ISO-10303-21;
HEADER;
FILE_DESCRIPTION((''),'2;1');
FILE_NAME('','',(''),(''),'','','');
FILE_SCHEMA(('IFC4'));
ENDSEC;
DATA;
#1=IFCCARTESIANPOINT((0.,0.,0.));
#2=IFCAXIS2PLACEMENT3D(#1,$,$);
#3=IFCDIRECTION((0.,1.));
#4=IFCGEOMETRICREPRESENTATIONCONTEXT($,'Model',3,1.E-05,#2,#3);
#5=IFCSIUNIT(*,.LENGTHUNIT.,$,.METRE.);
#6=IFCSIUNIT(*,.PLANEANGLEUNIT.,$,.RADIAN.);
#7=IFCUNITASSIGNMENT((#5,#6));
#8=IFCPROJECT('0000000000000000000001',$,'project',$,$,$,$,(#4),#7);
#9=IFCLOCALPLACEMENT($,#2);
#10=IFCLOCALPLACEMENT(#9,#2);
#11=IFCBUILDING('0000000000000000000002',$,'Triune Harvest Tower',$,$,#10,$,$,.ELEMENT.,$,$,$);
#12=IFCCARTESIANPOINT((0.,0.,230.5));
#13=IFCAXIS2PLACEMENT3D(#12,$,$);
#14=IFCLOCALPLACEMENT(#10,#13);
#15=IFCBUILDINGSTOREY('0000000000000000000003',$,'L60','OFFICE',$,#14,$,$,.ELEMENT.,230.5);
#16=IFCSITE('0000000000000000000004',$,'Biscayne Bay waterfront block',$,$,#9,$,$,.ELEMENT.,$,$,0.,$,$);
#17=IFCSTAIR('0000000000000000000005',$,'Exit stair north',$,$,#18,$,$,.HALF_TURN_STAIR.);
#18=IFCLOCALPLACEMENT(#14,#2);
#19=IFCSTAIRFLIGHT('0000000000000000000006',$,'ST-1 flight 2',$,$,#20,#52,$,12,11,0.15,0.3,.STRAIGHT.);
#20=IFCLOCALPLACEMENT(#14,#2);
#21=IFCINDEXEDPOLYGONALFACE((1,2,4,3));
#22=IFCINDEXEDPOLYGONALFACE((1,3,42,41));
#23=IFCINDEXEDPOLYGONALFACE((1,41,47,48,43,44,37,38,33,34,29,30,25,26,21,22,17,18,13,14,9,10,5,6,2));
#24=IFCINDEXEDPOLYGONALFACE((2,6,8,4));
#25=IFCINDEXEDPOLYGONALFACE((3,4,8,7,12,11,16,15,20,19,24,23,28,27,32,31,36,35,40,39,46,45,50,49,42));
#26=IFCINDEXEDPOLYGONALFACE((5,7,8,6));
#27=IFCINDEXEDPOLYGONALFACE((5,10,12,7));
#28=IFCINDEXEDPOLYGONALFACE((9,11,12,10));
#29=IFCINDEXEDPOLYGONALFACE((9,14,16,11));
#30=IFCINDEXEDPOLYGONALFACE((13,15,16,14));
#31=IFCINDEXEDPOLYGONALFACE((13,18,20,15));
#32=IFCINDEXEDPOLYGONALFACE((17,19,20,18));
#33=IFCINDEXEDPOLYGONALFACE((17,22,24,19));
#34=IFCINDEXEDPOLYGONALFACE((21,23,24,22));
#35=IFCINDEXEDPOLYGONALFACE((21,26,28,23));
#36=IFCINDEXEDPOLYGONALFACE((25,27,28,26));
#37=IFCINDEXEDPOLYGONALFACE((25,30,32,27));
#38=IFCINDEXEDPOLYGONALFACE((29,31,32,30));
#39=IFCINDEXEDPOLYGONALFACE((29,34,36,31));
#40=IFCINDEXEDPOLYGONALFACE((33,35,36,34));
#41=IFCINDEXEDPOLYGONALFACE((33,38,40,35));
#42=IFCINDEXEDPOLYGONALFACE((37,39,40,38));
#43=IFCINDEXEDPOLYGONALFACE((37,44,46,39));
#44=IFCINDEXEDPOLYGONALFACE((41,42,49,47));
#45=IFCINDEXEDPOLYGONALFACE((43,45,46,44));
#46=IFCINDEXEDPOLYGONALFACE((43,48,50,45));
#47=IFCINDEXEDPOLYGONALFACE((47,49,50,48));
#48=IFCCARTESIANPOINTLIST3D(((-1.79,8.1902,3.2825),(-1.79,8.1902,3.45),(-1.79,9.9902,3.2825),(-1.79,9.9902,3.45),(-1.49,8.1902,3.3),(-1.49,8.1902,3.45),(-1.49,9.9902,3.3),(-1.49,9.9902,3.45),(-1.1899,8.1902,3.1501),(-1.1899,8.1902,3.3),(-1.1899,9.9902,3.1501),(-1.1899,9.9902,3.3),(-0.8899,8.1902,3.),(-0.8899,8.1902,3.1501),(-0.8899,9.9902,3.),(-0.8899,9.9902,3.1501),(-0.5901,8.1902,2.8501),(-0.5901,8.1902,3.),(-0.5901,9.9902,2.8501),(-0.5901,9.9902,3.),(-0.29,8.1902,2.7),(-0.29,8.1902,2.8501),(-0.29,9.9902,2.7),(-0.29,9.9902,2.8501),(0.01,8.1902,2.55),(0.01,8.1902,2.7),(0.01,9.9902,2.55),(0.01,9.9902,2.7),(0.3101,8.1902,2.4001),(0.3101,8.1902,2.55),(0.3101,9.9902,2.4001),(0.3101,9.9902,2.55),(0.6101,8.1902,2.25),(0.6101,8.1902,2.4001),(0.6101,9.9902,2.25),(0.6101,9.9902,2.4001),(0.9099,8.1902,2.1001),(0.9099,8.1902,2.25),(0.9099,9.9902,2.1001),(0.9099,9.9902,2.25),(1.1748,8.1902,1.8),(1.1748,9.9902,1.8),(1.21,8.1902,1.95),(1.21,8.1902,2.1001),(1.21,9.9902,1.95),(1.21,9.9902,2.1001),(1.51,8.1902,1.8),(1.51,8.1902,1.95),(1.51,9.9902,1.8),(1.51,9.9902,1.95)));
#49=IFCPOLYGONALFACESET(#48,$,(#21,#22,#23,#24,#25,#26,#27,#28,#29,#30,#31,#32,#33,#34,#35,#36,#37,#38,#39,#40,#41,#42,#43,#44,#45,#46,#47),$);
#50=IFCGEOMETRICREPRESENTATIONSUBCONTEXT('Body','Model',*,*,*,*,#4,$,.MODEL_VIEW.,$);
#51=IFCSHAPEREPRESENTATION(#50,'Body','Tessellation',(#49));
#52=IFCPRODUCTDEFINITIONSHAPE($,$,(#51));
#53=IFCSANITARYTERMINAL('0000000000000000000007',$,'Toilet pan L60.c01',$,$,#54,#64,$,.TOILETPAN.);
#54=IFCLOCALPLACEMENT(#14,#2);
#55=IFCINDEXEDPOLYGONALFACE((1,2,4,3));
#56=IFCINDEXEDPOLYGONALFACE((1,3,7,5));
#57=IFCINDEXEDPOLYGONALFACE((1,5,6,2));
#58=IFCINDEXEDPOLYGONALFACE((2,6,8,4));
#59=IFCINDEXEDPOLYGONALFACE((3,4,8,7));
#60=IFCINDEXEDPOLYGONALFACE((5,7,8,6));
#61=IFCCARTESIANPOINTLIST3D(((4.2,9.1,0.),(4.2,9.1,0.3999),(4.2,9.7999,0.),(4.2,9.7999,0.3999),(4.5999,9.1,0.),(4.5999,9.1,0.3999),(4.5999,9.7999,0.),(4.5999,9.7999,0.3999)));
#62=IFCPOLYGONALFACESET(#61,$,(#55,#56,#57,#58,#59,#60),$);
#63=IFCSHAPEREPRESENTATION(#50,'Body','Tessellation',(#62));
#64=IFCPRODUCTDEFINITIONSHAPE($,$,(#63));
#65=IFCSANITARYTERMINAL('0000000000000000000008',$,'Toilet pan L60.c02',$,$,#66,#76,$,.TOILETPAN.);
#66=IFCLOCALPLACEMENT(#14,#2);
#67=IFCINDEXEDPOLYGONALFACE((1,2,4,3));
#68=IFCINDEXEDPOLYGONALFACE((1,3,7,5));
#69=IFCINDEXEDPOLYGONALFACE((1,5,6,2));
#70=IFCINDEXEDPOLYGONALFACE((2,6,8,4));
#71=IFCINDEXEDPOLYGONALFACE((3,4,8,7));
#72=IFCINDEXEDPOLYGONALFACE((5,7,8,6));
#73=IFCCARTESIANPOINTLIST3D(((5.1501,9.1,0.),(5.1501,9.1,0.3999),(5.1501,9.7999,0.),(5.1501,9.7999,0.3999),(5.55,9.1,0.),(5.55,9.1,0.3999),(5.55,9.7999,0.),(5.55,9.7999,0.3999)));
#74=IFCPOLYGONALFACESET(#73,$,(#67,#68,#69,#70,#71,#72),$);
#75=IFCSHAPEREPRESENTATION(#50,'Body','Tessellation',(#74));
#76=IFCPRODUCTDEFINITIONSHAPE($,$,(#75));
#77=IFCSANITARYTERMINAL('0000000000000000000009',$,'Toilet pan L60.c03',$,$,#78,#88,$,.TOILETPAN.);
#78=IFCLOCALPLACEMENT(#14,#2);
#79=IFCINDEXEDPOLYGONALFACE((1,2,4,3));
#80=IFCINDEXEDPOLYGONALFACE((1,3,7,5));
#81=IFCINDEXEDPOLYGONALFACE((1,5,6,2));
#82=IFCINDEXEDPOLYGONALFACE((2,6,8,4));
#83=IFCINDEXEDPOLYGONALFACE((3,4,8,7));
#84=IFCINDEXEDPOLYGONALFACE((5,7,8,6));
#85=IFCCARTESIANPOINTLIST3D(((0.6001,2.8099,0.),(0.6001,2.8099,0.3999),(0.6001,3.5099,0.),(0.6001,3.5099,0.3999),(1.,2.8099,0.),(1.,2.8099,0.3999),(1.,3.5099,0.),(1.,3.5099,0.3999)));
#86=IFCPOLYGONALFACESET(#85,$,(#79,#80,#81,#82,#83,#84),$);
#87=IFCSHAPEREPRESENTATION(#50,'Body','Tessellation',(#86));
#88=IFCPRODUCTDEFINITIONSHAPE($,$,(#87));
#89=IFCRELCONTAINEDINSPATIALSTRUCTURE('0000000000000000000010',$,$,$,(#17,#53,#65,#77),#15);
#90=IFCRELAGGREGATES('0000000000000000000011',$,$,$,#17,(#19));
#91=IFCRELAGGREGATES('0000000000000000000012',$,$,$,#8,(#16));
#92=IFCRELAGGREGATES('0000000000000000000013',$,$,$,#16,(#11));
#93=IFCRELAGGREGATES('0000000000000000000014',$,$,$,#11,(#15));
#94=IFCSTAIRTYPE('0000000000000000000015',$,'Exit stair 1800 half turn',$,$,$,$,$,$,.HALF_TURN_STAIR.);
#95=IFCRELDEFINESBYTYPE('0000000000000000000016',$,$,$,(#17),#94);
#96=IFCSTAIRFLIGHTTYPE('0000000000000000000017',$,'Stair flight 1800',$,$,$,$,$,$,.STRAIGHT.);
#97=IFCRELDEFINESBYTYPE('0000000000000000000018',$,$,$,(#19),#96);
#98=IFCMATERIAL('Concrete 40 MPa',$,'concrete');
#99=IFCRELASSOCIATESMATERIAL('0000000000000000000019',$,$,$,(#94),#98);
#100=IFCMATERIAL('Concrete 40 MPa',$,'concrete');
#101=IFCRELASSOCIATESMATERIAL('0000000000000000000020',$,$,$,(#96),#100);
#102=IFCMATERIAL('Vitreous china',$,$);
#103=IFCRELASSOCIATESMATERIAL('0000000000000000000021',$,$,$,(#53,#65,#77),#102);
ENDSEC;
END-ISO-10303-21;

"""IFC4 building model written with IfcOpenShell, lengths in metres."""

from ifc_helpers import new_model, si_unit, direction, frame, origin, origin_2d, place, context, subcontext, project, spatial, polyline, rectangle, outline, extrude, source, transform, mapped, material, type_object, element, aggregate, save


model = new_model("IFC4")

# Units and contexts
model_context = context("Model", 3, precision=1e-05, world=origin(), true_north=direction((0.0, 1.0)))
body_context = subcontext(model_context, "Body", "Model", "MODEL_VIEW")
ifc_project = project(units=[si_unit("LENGTHUNIT", "METRE"), si_unit("PLANEANGLEUNIT", "RADIAN")], contexts=[model_context])

# Site, building, storey
site_placement = place(None, origin())
site = spatial("IfcSite", under=ifc_project, at=site_placement, Name="Biscayne Bay waterfront block", CompositionType="ELEMENT", RefElevation=0.0)
building_placement = place(site_placement, origin())
building = spatial("IfcBuilding", under=site, at=building_placement, Name="Triune Harvest Tower", CompositionType="ELEMENT")
storey_placement = place(building_placement, frame((0.0, 0.0, 230.5)))
storey = spatial("IfcBuildingStorey", under=building, at=storey_placement, Name="L60", Description="OFFICE", CompositionType="ELEMENT", Elevation=230.5)

# Stair
ifc_material_1 = material(Name="Concrete 40 MPa", Category="concrete")
stair_type = type_object("IfcStairType", Name="Exit stair 1800 half turn", PredefinedType="HALF_TURN_STAIR", material=ifc_material_1)
stair_1_placement = place(storey_placement, origin())
stair_1 = element("IfcStair", 1, at=stair_1_placement, inside=storey, type_object=stair_type, Name="Exit stair north", PredefinedType="HALF_TURN_STAIR")

# Stair flight
ifc_material_2 = material(Name="Concrete 40 MPa", Category="concrete")
stair_flight_type = type_object("IfcStairFlightType", Name="Stair flight 1800", PredefinedType="STRAIGHT", material=ifc_material_2)
shared_shape_1 = source(origin(), body_context, "Body", "SweptSolid", [
    extrude(outline(polyline([(0.0, 0.0), (0.0, 0.1499), (0.3, 0.1499), (0.3, 0.3), (0.6001, 0.3), (0.6001, 0.45), (0.8999, 0.45), (0.8999, 0.6001), (1.2, 0.6001), (1.2, 0.75), (1.5, 0.75), (1.5, 0.8999), (1.8, 0.8999), (1.8, 1.05), (2.1001, 1.05), (2.1001, 1.2), (2.3999, 1.2), (2.3999, 1.3501), (2.7, 1.3501), (2.7, 1.5), (3.0, 1.5), (3.0, 1.6499), (3.3, 1.6499), (3.3, 1.8), (3.3, 1.4824), (0.3352, 0.0), (0.0, 0.0)])), frame((0.0, 0.8999, 0.0), z_axis=(0.0, -1.0, 0.0), x_axis=(1.0, 0.0, 0.0)), (0.0, 0.0, 1.0), 1.8),
])
stair_flight_placement = place(storey_placement, frame((1.51, 9.0901, 1.8), z_axis=(0.0, 0.0, 1.0), x_axis=(-1.0, 0.0, 0.0)))
stair_flight = element("IfcStairFlight", 2, at=stair_flight_placement, type_object=stair_flight_type, Name="ST-1 flight 2", NumberOfRisers=12, NumberOfTreads=11, PredefinedType="STRAIGHT", RiserHeight=0.15, TreadLength=0.3, context=body_context, shape_type="MappedRepresentation", body=[
    mapped(shared_shape_1, transform((0.0, 0.0, 0.0), scale=1.0)),
])
aggregate(stair_1, [stair_flight])

# Sanitary terminals
ifc_material_3 = material(Name="Vitreous china")
shared_shape_2 = source(origin(), body_context, "Body", "SweptSolid", [
    extrude(rectangle(XDim=0.3999, YDim=0.7, at=origin_2d()), origin(), (0.0, 0.0, 1.0), 0.3999),
])
for number, where, z_axis, x_axis, name in (
    (3, (4.3999, 9.45, 0.0), (0.0, 0.0, 1.0), (1.0, 0.0, 0.0), "Toilet pan L60.c01"),
    (4, (5.3501, 9.45, 0.0), (0.0, 0.0, 1.0), (1.0, 0.0, 0.0), "Toilet pan L60.c02"),
    (5, (0.8, 3.1599, 0.0), (0.0, 0.0, 1.0), (-1.0, 0.0, 0.0), "Toilet pan L60.c03"),
):
    element("IfcSanitaryTerminal", number, at=place(storey_placement, frame(where, z_axis=z_axis, x_axis=x_axis)), inside=storey, material=ifc_material_3, Name=name, PredefinedType="TOILETPAN", context=body_context, shape_type="MappedRepresentation", body=[
        mapped(shared_shape_2, transform((0.0, 0.0, 0.0), scale=1.0)),
    ])

save(model, "model.ifc")
